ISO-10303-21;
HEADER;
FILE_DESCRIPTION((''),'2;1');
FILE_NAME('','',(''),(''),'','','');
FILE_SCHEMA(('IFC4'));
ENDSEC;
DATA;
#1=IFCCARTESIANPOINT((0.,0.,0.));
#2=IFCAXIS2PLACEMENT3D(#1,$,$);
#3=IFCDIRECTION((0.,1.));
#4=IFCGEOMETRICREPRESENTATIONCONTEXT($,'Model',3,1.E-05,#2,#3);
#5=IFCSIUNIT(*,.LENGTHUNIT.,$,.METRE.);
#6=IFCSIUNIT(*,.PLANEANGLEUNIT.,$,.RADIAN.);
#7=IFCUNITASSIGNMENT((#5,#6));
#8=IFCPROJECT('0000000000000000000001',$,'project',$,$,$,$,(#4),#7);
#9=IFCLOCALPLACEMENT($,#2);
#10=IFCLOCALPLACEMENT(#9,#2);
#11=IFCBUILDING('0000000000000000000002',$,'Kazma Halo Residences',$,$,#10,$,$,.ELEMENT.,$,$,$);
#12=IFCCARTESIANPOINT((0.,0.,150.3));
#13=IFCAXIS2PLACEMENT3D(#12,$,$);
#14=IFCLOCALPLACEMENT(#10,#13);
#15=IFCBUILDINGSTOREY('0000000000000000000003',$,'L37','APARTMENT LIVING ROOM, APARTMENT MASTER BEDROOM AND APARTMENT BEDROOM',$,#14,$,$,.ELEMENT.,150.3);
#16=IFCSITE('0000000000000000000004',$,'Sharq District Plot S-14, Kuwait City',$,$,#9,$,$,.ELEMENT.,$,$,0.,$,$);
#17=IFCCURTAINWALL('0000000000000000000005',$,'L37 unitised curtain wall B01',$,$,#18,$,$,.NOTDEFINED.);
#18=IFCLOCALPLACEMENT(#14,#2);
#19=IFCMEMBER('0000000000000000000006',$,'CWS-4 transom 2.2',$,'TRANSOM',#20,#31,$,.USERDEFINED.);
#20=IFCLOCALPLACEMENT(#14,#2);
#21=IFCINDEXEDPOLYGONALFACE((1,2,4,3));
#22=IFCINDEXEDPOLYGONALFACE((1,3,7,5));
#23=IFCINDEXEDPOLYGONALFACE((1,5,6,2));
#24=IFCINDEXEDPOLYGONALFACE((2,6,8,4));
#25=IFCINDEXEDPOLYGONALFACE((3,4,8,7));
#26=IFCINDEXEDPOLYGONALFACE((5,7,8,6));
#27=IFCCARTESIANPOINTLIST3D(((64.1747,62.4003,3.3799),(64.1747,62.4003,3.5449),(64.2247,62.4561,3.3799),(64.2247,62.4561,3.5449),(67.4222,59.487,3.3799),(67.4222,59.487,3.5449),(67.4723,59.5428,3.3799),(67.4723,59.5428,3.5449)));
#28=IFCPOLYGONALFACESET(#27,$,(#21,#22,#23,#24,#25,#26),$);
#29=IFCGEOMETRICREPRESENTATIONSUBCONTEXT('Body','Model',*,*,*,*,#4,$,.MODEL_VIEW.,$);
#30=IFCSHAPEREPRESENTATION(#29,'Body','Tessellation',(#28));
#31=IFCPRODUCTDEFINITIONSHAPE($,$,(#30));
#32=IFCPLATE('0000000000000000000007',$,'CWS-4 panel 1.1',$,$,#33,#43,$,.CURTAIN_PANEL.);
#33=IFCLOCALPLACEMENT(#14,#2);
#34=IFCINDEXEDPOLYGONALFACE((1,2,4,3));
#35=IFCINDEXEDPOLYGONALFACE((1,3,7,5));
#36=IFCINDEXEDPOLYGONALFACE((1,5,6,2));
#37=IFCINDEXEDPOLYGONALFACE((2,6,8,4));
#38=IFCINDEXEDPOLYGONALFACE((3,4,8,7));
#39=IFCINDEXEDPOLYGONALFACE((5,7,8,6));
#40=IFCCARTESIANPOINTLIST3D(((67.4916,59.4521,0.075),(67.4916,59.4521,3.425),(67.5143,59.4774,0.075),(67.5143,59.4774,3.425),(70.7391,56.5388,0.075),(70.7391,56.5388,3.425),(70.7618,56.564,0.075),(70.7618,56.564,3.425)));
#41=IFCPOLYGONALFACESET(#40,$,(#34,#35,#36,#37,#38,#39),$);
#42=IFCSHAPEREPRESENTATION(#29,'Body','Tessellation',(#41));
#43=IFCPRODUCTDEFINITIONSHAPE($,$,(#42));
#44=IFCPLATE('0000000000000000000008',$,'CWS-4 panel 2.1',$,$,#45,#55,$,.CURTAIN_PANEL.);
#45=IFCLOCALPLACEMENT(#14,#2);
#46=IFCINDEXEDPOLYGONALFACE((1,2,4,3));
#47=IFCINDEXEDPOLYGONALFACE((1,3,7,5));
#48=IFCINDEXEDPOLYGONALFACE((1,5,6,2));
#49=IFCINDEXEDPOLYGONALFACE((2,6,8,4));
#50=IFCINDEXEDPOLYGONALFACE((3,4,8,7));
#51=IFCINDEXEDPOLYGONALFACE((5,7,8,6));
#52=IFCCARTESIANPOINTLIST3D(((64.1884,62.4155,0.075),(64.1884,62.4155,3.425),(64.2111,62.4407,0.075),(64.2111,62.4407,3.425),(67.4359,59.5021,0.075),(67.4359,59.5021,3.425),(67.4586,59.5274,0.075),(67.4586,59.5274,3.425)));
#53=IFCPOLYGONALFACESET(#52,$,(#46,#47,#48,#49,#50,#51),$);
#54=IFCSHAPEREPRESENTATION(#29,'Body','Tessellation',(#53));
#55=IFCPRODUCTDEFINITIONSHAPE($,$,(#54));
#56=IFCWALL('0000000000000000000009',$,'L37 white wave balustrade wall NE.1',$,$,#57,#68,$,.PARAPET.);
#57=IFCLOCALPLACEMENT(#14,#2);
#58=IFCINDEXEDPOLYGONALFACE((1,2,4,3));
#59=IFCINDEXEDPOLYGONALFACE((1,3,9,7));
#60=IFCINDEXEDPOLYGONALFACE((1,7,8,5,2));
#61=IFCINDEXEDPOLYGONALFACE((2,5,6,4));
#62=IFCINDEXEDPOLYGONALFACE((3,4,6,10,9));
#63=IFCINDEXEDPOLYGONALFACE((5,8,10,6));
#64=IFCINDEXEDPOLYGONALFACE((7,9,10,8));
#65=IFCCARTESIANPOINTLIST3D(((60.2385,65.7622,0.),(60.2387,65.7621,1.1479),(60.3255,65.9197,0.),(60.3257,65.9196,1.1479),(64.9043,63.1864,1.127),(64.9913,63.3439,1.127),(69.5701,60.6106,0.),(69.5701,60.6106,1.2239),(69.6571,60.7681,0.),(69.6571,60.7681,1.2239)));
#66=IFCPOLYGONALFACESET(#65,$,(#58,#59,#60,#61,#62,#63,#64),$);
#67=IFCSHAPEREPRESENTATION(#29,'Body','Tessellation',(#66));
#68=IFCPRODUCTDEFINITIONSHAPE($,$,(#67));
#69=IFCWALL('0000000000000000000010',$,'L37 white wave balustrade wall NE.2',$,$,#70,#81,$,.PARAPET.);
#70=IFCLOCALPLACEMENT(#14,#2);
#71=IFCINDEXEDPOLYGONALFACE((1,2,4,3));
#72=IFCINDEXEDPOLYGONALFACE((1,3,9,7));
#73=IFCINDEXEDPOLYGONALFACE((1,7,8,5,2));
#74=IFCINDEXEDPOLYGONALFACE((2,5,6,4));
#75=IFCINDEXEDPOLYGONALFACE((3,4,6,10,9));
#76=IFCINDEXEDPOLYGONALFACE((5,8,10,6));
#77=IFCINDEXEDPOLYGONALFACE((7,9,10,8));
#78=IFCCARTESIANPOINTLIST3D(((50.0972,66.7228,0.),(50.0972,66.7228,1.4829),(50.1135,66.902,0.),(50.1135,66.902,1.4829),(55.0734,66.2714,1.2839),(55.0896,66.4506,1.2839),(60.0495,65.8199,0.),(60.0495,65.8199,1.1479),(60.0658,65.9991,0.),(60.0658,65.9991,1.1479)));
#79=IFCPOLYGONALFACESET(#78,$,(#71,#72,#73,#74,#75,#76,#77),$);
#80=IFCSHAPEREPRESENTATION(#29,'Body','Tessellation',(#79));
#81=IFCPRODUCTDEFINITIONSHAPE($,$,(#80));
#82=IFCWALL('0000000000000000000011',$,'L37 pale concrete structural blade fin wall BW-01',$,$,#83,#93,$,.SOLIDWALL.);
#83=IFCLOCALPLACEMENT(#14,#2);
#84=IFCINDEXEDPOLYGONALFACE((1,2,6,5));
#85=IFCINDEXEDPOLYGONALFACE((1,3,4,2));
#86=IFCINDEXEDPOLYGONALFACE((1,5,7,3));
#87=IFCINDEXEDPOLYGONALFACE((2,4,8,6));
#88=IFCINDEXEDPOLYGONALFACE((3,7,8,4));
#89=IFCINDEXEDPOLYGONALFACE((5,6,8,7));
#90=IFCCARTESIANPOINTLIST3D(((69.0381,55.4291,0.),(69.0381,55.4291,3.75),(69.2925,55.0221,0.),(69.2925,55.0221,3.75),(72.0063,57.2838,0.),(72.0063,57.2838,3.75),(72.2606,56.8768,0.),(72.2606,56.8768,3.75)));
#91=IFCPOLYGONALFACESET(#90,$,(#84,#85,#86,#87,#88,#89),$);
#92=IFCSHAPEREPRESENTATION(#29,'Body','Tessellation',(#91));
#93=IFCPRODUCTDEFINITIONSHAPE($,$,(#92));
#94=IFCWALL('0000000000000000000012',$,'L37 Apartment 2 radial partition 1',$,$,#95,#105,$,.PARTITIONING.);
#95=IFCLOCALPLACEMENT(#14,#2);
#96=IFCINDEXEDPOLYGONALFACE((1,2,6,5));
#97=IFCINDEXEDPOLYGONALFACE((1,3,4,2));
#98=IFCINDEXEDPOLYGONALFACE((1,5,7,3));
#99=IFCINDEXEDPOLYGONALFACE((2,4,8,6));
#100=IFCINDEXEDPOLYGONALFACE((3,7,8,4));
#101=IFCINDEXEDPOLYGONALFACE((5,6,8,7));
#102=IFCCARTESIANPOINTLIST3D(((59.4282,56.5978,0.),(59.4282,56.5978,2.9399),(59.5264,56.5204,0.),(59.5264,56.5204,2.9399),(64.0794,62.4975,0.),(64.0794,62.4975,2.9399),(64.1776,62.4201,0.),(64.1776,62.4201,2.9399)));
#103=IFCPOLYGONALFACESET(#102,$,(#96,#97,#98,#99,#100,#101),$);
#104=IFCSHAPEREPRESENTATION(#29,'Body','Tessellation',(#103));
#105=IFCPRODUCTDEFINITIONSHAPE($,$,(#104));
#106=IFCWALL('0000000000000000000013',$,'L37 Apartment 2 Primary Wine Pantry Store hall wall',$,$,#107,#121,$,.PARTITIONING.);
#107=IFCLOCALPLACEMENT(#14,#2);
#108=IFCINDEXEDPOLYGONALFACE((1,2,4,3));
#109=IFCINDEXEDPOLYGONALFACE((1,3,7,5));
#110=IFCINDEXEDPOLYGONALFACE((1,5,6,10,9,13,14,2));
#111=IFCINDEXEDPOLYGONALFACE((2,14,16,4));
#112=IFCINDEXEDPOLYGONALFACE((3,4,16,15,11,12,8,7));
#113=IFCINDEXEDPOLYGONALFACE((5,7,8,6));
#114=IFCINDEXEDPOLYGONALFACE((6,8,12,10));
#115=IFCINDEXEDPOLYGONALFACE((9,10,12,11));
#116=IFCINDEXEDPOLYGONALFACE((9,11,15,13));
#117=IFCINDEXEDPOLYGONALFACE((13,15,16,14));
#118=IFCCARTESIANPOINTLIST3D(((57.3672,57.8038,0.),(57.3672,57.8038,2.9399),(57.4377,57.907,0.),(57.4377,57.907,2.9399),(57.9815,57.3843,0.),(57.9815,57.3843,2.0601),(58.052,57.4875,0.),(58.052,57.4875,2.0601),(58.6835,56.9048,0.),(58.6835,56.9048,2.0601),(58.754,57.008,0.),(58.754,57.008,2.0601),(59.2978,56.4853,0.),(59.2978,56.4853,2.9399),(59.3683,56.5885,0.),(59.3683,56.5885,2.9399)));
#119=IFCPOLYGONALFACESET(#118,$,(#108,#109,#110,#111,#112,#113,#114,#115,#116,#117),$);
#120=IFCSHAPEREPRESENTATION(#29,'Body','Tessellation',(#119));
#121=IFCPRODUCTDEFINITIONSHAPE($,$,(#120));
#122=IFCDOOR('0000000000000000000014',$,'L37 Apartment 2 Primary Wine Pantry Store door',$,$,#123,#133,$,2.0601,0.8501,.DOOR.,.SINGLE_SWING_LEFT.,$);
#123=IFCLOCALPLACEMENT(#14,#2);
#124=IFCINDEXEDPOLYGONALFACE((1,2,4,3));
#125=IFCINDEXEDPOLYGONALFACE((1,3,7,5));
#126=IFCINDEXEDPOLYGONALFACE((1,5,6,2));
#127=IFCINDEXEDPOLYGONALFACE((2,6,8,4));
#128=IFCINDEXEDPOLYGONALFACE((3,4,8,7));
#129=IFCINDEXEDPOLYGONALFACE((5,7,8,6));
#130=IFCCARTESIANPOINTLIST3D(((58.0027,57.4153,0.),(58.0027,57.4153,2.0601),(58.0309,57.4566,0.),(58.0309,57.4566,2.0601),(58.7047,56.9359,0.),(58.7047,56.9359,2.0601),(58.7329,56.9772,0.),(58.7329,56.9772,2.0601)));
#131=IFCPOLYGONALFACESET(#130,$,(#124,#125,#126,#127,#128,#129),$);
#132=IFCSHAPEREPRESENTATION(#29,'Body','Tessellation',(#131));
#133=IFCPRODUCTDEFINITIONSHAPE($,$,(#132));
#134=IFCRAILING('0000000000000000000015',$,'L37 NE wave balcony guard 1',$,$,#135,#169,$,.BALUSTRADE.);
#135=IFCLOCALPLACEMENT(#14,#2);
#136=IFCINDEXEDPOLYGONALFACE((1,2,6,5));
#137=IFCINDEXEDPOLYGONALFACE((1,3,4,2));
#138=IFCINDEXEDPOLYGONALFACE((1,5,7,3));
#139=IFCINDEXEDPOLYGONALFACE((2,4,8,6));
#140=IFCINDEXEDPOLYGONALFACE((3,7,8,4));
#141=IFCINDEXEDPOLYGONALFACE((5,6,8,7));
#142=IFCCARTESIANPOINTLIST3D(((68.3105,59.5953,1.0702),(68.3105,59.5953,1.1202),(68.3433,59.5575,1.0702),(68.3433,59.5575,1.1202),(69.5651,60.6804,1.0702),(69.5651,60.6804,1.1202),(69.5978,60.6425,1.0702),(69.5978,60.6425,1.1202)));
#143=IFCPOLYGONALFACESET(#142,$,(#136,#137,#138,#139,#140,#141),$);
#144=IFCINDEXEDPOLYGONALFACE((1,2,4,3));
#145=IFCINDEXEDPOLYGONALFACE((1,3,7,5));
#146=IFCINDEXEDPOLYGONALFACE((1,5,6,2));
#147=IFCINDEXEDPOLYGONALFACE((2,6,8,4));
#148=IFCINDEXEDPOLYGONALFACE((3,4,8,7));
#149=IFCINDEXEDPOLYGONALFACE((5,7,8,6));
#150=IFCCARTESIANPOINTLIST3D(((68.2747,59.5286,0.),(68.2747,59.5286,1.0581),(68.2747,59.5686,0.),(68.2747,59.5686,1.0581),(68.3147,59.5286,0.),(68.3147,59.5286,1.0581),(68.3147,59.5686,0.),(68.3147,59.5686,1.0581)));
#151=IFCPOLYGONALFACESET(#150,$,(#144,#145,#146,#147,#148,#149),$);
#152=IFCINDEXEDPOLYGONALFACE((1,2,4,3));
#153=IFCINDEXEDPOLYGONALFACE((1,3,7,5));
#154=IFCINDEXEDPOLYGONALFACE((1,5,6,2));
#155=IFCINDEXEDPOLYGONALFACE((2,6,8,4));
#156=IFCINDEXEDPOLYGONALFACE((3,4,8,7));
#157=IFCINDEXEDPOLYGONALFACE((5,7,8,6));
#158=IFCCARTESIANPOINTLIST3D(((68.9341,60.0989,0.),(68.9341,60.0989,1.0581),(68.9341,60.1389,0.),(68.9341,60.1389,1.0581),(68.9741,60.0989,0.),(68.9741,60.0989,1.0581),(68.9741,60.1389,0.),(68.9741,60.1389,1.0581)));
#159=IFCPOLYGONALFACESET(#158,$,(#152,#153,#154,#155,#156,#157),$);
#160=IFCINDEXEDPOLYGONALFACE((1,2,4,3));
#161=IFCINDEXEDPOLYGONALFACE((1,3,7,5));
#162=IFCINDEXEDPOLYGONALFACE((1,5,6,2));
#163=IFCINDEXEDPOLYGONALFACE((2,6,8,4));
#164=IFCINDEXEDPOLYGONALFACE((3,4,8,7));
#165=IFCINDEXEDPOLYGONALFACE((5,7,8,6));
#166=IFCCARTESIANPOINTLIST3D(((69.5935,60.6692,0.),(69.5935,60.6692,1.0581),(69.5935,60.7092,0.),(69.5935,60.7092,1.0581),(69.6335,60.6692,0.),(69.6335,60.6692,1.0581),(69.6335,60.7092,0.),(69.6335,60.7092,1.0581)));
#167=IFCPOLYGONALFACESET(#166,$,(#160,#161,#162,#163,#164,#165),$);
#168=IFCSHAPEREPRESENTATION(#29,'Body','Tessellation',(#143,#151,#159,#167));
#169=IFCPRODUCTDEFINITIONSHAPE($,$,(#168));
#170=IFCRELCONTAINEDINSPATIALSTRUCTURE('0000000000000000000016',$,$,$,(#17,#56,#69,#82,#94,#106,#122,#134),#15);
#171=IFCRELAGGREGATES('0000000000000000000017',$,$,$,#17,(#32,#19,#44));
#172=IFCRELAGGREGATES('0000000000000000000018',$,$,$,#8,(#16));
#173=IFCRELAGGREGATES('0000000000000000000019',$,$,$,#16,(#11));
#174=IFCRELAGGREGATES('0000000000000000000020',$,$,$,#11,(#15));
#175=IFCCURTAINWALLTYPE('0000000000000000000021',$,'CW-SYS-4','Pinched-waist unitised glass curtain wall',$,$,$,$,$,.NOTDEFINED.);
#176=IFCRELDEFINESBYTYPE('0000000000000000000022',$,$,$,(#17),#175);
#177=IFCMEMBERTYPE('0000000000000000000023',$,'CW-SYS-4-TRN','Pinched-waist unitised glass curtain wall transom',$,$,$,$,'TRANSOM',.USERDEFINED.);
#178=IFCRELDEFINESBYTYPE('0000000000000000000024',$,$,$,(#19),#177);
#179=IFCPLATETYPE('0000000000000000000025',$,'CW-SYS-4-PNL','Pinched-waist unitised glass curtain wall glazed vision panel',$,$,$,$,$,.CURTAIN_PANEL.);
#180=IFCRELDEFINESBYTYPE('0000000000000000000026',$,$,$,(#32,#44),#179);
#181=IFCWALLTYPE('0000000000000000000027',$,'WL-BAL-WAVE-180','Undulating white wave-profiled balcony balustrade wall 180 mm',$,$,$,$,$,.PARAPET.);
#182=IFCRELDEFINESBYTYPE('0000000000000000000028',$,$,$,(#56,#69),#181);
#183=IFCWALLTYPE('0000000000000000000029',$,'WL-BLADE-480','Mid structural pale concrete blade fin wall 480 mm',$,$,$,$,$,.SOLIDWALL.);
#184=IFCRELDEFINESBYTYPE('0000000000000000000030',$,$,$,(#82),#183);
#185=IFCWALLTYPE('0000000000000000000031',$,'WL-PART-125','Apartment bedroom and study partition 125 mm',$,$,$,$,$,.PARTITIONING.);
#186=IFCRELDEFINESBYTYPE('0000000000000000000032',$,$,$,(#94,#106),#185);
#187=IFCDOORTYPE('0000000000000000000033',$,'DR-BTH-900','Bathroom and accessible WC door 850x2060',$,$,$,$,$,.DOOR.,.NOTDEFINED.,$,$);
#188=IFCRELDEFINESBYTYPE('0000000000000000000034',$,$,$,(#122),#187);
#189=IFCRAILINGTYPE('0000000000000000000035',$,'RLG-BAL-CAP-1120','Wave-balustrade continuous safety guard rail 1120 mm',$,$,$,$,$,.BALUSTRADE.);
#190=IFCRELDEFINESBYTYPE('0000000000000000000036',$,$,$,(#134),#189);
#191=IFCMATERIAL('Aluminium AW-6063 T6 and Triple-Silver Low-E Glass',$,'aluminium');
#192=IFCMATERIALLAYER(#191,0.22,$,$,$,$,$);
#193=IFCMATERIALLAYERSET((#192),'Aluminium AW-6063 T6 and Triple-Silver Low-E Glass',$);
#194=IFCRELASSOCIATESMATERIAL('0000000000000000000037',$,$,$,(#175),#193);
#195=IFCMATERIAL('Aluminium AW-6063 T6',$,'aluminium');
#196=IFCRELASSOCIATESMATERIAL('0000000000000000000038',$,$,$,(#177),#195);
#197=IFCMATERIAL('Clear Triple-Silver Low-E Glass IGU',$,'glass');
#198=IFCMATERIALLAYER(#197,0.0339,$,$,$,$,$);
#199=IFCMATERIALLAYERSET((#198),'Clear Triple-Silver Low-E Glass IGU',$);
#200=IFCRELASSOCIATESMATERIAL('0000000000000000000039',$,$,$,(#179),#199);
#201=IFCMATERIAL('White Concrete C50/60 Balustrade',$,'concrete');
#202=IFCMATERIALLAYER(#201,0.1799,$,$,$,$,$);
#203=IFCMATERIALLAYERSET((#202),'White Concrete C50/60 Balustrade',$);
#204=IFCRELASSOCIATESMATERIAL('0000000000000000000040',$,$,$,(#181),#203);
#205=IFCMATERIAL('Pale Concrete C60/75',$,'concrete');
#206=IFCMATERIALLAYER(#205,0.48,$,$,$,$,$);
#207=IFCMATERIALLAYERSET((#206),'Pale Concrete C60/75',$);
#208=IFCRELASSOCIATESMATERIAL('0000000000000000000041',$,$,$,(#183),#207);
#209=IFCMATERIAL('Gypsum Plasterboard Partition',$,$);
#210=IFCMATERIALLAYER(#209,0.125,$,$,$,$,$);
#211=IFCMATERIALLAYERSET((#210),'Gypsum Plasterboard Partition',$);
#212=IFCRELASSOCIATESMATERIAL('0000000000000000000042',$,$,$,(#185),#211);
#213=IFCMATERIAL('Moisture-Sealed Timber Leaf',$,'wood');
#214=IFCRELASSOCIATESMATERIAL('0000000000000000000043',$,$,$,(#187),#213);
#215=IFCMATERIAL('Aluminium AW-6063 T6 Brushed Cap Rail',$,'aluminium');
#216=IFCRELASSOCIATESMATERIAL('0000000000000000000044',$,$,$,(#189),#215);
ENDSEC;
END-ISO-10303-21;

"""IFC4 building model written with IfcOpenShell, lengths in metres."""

from ifc_helpers import new_model, si_unit, direction, frame, frame_2d, origin, origin_2d, place, context, subcontext, project, spatial, polyline, rectangle, outline, extrude, material, layer, layer_set, material_profile, profile_set, type_object, element, fill, aggregate, save


model = new_model("IFC4")

# Units and contexts
model_context = context("Model", 3, precision=1e-05, world=origin(), true_north=direction((0.0, 1.0)))
body_context = subcontext(model_context, "Body", "Model", "MODEL_VIEW")
ifc_project = project(units=[si_unit("LENGTHUNIT", "METRE"), si_unit("PLANEANGLEUNIT", "RADIAN")], contexts=[model_context])

# Site, building, storey
site_placement = place(None, origin())
site = spatial("IfcSite", under=ifc_project, at=site_placement, Name="Sharq District Plot S-14, Kuwait City", CompositionType="ELEMENT", RefElevation=0.0)
building_placement = place(site_placement, origin())
building = spatial("IfcBuilding", under=site, at=building_placement, Name="Kazma Halo Residences", CompositionType="ELEMENT")
storey_placement = place(building_placement, frame((0.0, 0.0, 150.3)))
storey = spatial("IfcBuildingStorey", under=building, at=storey_placement, Name="L37", Description="APARTMENT LIVING ROOM, APARTMENT MASTER BEDROOM AND APARTMENT BEDROOM", CompositionType="ELEMENT", Elevation=150.3)

# Curtain wall
ifc_material_1 = material(Name="Aluminium AW-6063 T6 and Triple-Silver Low-E Glass", Category="aluminium")
ifc_layer_1 = layer(ifc_material_1, 0.22)
ifc_layer_set_1 = layer_set([ifc_layer_1], Name="Aluminium AW-6063 T6 and Triple-Silver Low-E Glass")
curtain_wall_type = type_object("IfcCurtainWallType", Name="CW-SYS-4", Description="Pinched-waist unitised glass curtain wall", PredefinedType="NOTDEFINED", material=ifc_layer_set_1)
curtain_wall_1_placement = place(storey_placement, origin())
curtain_wall_1 = element("IfcCurtainWall", 1, at=curtain_wall_1_placement, inside=storey, type_object=curtain_wall_type, Name="L37 unitised curtain wall B01", PredefinedType="NOTDEFINED")
ifc_material_2 = material(Name="Aluminium AW-6063 T6", Category="aluminium")

# Member
ifc_material_profile_1 = material_profile(ifc_material_2, rectangle(XDim=0.075, YDim=0.165, at=origin_2d()), Name="CWT-75x165")
ifc_profile_set_1 = profile_set([ifc_material_profile_1], Name="Aluminium AW-6063 T6")
member_type_1 = type_object("IfcMemberType", Name="CW-SYS-4-TRN", Description="Pinched-waist unitised glass curtain wall transom", ElementType="TRANSOM", PredefinedType="USERDEFINED", material=ifc_profile_set_1)
member_1_placement = place(storey_placement, frame((67.4473, 59.5149, 3.4624), z_axis=(-0.744373, 0.667764, 0.0), x_axis=(-0.667764, -0.744373, 0.0)))
member_1 = element("IfcMember", 2, at=member_1_placement, type_object=member_type_1, Name="CWS-4 transom 2.2", ObjectType="TRANSOM", PredefinedType="USERDEFINED", context=body_context, shape_type="SweptSolid", body=[
    extrude(rectangle(XDim=0.075, YDim=0.165, at=origin_2d()), origin(), (0.0, 0.0, 1.0), 4.3628),
])

# Plates
ifc_material_3 = material(Name="Clear Triple-Silver Low-E Glass IGU", Category="glass")
ifc_layer_2 = layer(ifc_material_3, 0.0339)
ifc_layer_set_2 = layer_set([ifc_layer_2], Name="Clear Triple-Silver Low-E Glass IGU")
plate_type = type_object("IfcPlateType", Name="CW-SYS-4-PNL", Description="Pinched-waist unitised glass curtain wall glazed vision panel", PredefinedType="CURTAIN_PANEL", material=ifc_layer_set_2)
plate_1_placement = place(storey_placement, frame((69.1267, 58.0081, 0.075), z_axis=(0.0, 0.0, 1.0), x_axis=(-0.744368, 0.66777, 0.0)))
plate_1 = element("IfcPlate", 3, at=plate_1_placement, type_object=plate_type, Name="CWS-4 panel 1.1", PredefinedType="CURTAIN_PANEL", context=body_context, shape_type="SweptSolid", body=[
    extrude(rectangle(XDim=4.3628, YDim=0.0339, at=origin_2d()), origin(), (0.0, 0.0, 1.0), 3.3501),
])
plate_2_placement = place(storey_placement, frame((65.8235, 60.9714, 0.075), z_axis=(0.0, 0.0, 1.0), x_axis=(-0.744368, 0.66777, 0.0)))
plate_2 = element("IfcPlate", 4, at=plate_2_placement, type_object=plate_type, Name="CWS-4 panel 2.1", PredefinedType="CURTAIN_PANEL", context=body_context, shape_type="SweptSolid", body=[
    extrude(rectangle(XDim=4.3628, YDim=0.0339, at=origin_2d()), origin(), (0.0, 0.0, 1.0), 3.3501),
])
aggregate(curtain_wall_1, [plate_1, member_1, plate_2])

# Walls
ifc_material_4 = material(Name="White Concrete C50/60 Balustrade", Category="concrete")
ifc_layer_3 = layer(ifc_material_4, 0.1799)
ifc_layer_set_3 = layer_set([ifc_layer_3], Name="White Concrete C50/60 Balustrade")
wall_type_1 = type_object("IfcWallType", Name="WL-BAL-WAVE-180", Description="Undulating white wave-profiled balcony balustrade wall 180 mm", PredefinedType="PARAPET", material=ifc_layer_set_3)
wall_1_placement = place(storey_placement, frame((69.6135, 60.6892, 0.0), z_axis=(0.0, 0.0, 1.0), x_axis=(-0.875452, 0.483306, 0.0)))
element("IfcWall", 5, at=wall_1_placement, inside=storey, type_object=wall_type_1, Name="L37 white wave balustrade wall NE.1", PredefinedType="PARAPET", context=body_context, shape_type="SweptSolid", body=[
    extrude(outline(polyline([(0.0, 0.0), (10.6592, 0.0), (10.6589, 1.1479), (5.3296, 1.127), (0.0, 1.2239), (0.0, 0.0)])), frame((0.0, 0.0898, 0.0), z_axis=(0.0, -1.0, 0.0), x_axis=(1.0, 0.0, 0.0)), (0.0, 0.0, 1.0), 0.1799),
])
wall_2_placement = place(storey_placement, frame((60.0576, 65.9094, 0.0), z_axis=(0.0, 0.0, 1.0), x_axis=(-0.995911, 0.090344, 0.0)))
element("IfcWall", 6, at=wall_2_placement, inside=storey, type_object=wall_type_1, Name="L37 white wave balustrade wall NE.2", PredefinedType="PARAPET", context=body_context, shape_type="SweptSolid", body=[
    extrude(outline(polyline([(0.0, 0.0), (9.9932, 0.0), (9.9932, 1.4829), (4.9966, 1.2839), (0.0, 1.1479), (0.0, 0.0)])), frame((0.0, 0.0898, 0.0), z_axis=(0.0, -1.0, 0.0), x_axis=(1.0, 0.0, 0.0)), (0.0, 0.0, 1.0), 0.1799),
])
ifc_material_5 = material(Name="Pale Concrete C60/75", Category="concrete")
ifc_layer_4 = layer(ifc_material_5, 0.48)
ifc_layer_set_4 = layer_set([ifc_layer_4], Name="Pale Concrete C60/75")
wall_type_2 = type_object("IfcWallType", Name="WL-BLADE-480", Description="Mid structural pale concrete blade fin wall 480 mm", PredefinedType="SOLIDWALL", material=ifc_layer_set_4)
wall_3_placement = place(storey_placement, frame((69.1653, 55.2256, 0.0), z_axis=(0.0, 0.0, 1.0), x_axis=(0.848053, 0.529911, 0.0)))
element("IfcWall", 7, at=wall_3_placement, inside=storey, type_object=wall_type_2, Name="L37 pale concrete structural blade fin wall BW-01", PredefinedType="SOLIDWALL", context=body_context, shape_type="SweptSolid", body=[
    extrude(rectangle(XDim=3.5, YDim=0.48, at=frame_2d((1.75, 0.0))), origin(), (0.0, 0.0, 1.0), 3.75),
])

# Wall
ifc_material_6 = material(Name="Gypsum Plasterboard Partition")
ifc_layer_5 = layer(ifc_material_6, 0.125)
ifc_layer_set_5 = layer_set([ifc_layer_5], Name="Gypsum Plasterboard Partition")
wall_type_3 = type_object("IfcWallType", Name="WL-PART-125", Description="Apartment bedroom and study partition 125 mm", PredefinedType="PARTITIONING", material=ifc_layer_set_5)
wall_4_placement = place(storey_placement, frame((59.4773, 56.5591, 0.0), z_axis=(0.0, 0.0, 1.0), x_axis=(0.619111, 0.785303, 0.0)))
element("IfcWall", 8, at=wall_4_placement, inside=storey, type_object=wall_type_3, Name="L37 Apartment 2 radial partition 1", PredefinedType="PARTITIONING", context=body_context, shape_type="SweptSolid", body=[
    extrude(rectangle(XDim=7.5127, YDim=0.125, at=frame_2d((3.7563, 0.0))), origin(), (0.0, 0.0, 1.0), 2.9399),
])

# Wall, opening, door
wall_5_placement = place(storey_placement, frame((59.333, 56.5369, 0.0), z_axis=(0.0, 0.0, 1.0), x_axis=(-0.825781, 0.563991, 0.0)))
wall_5 = element("IfcWall", 9, at=wall_5_placement, inside=storey, type_object=wall_type_3, Name="L37 Apartment 2 Primary Wine Pantry Store hall wall", PredefinedType="PARTITIONING", context=body_context, shape_type="SweptSolid", body=[
    extrude(rectangle(XDim=2.3379, YDim=0.125, at=frame_2d((1.1689, 0.0))), origin(), (0.0, 0.0, 1.0), 2.9399),
])
opening_1_placement = place(wall_5_placement, frame((0.7439, 0.0, 0.0)))
opening_1 = element("IfcOpeningElement", 10, at=opening_1_placement, cuts=wall_5, PredefinedType="OPENING", context=body_context, shape_type="SweptSolid", body=[
    extrude(rectangle(XDim=0.8501, YDim=2.0601, at=frame_2d((0.425, 1.03))), frame((0.0, 0.0725, 0.0), z_axis=(0.0, -1.0, 0.0), x_axis=(1.0, 0.0, 0.0)), (0.0, 0.0, 1.0), 0.145),
])
ifc_material_7 = material(Name="Moisture-Sealed Timber Leaf", Category="wood")
door_type_1 = type_object("IfcDoorType", Name="DR-BTH-900", Description="Bathroom and accessible WC door 850x2060", OperationType="NOTDEFINED", PredefinedType="DOOR", material=ifc_material_7)
door_1_placement = place(opening_1_placement, origin())
door_1 = element("IfcDoor", 11, at=door_1_placement, inside=storey, type_object=door_type_1, Name="L37 Apartment 2 Primary Wine Pantry Store door", OperationType="SINGLE_SWING_LEFT", OverallHeight=2.0601, OverallWidth=0.8501, PredefinedType="DOOR", context=body_context, shape_type="SweptSolid", body=[
    extrude(rectangle(XDim=0.8501, YDim=2.0601, at=frame_2d((0.425, 1.03))), frame((0.0, 0.0249, 0.0), z_axis=(0.0, -1.0, 0.0), x_axis=(1.0, 0.0, 0.0)), (0.0, 0.0, 1.0), 0.05),
])
fill(opening_1, door_1)

# Railing
ifc_material_8 = material(Name="Aluminium AW-6063 T6 Brushed Cap Rail", Category="aluminium")
railing_type = type_object("IfcRailingType", Name="RLG-BAL-CAP-1120", Description="Wave-balustrade continuous safety guard rail 1120 mm", PredefinedType="BALUSTRADE", material=ifc_material_8)
railing_1_placement = place(storey_placement, frame((68.2947, 59.5486, 0.0)))
element("IfcRailing", 12, at=railing_1_placement, inside=storey, type_object=railing_type, Name="L37 NE wave balcony guard 1", PredefinedType="BALUSTRADE", context=body_context, shape_type="SweptSolid", body=[
    extrude(rectangle(XDim=0.05, YDim=0.05, at=origin_2d()), frame((0.0322, 0.0278, 1.0952), z_axis=(0.756363, 0.654152, 0.0), x_axis=(-0.654152, 0.756363, 0.0)), (0.0, 0.0, 1.0), 1.6587),
    extrude(rectangle(XDim=0.04, YDim=0.04, at=origin_2d()), origin(), (0.0, 0.0, 1.0), 1.0581),
    extrude(rectangle(XDim=0.04, YDim=0.04, at=origin_2d()), frame((0.6594, 0.5703, 0.0)), (0.0, 0.0, 1.0), 1.0581),
    extrude(rectangle(XDim=0.04, YDim=0.04, at=origin_2d()), frame((1.3188, 1.1406, 0.0)), (0.0, 0.0, 1.0), 1.0581),
])

save(model, "model.ifc")
